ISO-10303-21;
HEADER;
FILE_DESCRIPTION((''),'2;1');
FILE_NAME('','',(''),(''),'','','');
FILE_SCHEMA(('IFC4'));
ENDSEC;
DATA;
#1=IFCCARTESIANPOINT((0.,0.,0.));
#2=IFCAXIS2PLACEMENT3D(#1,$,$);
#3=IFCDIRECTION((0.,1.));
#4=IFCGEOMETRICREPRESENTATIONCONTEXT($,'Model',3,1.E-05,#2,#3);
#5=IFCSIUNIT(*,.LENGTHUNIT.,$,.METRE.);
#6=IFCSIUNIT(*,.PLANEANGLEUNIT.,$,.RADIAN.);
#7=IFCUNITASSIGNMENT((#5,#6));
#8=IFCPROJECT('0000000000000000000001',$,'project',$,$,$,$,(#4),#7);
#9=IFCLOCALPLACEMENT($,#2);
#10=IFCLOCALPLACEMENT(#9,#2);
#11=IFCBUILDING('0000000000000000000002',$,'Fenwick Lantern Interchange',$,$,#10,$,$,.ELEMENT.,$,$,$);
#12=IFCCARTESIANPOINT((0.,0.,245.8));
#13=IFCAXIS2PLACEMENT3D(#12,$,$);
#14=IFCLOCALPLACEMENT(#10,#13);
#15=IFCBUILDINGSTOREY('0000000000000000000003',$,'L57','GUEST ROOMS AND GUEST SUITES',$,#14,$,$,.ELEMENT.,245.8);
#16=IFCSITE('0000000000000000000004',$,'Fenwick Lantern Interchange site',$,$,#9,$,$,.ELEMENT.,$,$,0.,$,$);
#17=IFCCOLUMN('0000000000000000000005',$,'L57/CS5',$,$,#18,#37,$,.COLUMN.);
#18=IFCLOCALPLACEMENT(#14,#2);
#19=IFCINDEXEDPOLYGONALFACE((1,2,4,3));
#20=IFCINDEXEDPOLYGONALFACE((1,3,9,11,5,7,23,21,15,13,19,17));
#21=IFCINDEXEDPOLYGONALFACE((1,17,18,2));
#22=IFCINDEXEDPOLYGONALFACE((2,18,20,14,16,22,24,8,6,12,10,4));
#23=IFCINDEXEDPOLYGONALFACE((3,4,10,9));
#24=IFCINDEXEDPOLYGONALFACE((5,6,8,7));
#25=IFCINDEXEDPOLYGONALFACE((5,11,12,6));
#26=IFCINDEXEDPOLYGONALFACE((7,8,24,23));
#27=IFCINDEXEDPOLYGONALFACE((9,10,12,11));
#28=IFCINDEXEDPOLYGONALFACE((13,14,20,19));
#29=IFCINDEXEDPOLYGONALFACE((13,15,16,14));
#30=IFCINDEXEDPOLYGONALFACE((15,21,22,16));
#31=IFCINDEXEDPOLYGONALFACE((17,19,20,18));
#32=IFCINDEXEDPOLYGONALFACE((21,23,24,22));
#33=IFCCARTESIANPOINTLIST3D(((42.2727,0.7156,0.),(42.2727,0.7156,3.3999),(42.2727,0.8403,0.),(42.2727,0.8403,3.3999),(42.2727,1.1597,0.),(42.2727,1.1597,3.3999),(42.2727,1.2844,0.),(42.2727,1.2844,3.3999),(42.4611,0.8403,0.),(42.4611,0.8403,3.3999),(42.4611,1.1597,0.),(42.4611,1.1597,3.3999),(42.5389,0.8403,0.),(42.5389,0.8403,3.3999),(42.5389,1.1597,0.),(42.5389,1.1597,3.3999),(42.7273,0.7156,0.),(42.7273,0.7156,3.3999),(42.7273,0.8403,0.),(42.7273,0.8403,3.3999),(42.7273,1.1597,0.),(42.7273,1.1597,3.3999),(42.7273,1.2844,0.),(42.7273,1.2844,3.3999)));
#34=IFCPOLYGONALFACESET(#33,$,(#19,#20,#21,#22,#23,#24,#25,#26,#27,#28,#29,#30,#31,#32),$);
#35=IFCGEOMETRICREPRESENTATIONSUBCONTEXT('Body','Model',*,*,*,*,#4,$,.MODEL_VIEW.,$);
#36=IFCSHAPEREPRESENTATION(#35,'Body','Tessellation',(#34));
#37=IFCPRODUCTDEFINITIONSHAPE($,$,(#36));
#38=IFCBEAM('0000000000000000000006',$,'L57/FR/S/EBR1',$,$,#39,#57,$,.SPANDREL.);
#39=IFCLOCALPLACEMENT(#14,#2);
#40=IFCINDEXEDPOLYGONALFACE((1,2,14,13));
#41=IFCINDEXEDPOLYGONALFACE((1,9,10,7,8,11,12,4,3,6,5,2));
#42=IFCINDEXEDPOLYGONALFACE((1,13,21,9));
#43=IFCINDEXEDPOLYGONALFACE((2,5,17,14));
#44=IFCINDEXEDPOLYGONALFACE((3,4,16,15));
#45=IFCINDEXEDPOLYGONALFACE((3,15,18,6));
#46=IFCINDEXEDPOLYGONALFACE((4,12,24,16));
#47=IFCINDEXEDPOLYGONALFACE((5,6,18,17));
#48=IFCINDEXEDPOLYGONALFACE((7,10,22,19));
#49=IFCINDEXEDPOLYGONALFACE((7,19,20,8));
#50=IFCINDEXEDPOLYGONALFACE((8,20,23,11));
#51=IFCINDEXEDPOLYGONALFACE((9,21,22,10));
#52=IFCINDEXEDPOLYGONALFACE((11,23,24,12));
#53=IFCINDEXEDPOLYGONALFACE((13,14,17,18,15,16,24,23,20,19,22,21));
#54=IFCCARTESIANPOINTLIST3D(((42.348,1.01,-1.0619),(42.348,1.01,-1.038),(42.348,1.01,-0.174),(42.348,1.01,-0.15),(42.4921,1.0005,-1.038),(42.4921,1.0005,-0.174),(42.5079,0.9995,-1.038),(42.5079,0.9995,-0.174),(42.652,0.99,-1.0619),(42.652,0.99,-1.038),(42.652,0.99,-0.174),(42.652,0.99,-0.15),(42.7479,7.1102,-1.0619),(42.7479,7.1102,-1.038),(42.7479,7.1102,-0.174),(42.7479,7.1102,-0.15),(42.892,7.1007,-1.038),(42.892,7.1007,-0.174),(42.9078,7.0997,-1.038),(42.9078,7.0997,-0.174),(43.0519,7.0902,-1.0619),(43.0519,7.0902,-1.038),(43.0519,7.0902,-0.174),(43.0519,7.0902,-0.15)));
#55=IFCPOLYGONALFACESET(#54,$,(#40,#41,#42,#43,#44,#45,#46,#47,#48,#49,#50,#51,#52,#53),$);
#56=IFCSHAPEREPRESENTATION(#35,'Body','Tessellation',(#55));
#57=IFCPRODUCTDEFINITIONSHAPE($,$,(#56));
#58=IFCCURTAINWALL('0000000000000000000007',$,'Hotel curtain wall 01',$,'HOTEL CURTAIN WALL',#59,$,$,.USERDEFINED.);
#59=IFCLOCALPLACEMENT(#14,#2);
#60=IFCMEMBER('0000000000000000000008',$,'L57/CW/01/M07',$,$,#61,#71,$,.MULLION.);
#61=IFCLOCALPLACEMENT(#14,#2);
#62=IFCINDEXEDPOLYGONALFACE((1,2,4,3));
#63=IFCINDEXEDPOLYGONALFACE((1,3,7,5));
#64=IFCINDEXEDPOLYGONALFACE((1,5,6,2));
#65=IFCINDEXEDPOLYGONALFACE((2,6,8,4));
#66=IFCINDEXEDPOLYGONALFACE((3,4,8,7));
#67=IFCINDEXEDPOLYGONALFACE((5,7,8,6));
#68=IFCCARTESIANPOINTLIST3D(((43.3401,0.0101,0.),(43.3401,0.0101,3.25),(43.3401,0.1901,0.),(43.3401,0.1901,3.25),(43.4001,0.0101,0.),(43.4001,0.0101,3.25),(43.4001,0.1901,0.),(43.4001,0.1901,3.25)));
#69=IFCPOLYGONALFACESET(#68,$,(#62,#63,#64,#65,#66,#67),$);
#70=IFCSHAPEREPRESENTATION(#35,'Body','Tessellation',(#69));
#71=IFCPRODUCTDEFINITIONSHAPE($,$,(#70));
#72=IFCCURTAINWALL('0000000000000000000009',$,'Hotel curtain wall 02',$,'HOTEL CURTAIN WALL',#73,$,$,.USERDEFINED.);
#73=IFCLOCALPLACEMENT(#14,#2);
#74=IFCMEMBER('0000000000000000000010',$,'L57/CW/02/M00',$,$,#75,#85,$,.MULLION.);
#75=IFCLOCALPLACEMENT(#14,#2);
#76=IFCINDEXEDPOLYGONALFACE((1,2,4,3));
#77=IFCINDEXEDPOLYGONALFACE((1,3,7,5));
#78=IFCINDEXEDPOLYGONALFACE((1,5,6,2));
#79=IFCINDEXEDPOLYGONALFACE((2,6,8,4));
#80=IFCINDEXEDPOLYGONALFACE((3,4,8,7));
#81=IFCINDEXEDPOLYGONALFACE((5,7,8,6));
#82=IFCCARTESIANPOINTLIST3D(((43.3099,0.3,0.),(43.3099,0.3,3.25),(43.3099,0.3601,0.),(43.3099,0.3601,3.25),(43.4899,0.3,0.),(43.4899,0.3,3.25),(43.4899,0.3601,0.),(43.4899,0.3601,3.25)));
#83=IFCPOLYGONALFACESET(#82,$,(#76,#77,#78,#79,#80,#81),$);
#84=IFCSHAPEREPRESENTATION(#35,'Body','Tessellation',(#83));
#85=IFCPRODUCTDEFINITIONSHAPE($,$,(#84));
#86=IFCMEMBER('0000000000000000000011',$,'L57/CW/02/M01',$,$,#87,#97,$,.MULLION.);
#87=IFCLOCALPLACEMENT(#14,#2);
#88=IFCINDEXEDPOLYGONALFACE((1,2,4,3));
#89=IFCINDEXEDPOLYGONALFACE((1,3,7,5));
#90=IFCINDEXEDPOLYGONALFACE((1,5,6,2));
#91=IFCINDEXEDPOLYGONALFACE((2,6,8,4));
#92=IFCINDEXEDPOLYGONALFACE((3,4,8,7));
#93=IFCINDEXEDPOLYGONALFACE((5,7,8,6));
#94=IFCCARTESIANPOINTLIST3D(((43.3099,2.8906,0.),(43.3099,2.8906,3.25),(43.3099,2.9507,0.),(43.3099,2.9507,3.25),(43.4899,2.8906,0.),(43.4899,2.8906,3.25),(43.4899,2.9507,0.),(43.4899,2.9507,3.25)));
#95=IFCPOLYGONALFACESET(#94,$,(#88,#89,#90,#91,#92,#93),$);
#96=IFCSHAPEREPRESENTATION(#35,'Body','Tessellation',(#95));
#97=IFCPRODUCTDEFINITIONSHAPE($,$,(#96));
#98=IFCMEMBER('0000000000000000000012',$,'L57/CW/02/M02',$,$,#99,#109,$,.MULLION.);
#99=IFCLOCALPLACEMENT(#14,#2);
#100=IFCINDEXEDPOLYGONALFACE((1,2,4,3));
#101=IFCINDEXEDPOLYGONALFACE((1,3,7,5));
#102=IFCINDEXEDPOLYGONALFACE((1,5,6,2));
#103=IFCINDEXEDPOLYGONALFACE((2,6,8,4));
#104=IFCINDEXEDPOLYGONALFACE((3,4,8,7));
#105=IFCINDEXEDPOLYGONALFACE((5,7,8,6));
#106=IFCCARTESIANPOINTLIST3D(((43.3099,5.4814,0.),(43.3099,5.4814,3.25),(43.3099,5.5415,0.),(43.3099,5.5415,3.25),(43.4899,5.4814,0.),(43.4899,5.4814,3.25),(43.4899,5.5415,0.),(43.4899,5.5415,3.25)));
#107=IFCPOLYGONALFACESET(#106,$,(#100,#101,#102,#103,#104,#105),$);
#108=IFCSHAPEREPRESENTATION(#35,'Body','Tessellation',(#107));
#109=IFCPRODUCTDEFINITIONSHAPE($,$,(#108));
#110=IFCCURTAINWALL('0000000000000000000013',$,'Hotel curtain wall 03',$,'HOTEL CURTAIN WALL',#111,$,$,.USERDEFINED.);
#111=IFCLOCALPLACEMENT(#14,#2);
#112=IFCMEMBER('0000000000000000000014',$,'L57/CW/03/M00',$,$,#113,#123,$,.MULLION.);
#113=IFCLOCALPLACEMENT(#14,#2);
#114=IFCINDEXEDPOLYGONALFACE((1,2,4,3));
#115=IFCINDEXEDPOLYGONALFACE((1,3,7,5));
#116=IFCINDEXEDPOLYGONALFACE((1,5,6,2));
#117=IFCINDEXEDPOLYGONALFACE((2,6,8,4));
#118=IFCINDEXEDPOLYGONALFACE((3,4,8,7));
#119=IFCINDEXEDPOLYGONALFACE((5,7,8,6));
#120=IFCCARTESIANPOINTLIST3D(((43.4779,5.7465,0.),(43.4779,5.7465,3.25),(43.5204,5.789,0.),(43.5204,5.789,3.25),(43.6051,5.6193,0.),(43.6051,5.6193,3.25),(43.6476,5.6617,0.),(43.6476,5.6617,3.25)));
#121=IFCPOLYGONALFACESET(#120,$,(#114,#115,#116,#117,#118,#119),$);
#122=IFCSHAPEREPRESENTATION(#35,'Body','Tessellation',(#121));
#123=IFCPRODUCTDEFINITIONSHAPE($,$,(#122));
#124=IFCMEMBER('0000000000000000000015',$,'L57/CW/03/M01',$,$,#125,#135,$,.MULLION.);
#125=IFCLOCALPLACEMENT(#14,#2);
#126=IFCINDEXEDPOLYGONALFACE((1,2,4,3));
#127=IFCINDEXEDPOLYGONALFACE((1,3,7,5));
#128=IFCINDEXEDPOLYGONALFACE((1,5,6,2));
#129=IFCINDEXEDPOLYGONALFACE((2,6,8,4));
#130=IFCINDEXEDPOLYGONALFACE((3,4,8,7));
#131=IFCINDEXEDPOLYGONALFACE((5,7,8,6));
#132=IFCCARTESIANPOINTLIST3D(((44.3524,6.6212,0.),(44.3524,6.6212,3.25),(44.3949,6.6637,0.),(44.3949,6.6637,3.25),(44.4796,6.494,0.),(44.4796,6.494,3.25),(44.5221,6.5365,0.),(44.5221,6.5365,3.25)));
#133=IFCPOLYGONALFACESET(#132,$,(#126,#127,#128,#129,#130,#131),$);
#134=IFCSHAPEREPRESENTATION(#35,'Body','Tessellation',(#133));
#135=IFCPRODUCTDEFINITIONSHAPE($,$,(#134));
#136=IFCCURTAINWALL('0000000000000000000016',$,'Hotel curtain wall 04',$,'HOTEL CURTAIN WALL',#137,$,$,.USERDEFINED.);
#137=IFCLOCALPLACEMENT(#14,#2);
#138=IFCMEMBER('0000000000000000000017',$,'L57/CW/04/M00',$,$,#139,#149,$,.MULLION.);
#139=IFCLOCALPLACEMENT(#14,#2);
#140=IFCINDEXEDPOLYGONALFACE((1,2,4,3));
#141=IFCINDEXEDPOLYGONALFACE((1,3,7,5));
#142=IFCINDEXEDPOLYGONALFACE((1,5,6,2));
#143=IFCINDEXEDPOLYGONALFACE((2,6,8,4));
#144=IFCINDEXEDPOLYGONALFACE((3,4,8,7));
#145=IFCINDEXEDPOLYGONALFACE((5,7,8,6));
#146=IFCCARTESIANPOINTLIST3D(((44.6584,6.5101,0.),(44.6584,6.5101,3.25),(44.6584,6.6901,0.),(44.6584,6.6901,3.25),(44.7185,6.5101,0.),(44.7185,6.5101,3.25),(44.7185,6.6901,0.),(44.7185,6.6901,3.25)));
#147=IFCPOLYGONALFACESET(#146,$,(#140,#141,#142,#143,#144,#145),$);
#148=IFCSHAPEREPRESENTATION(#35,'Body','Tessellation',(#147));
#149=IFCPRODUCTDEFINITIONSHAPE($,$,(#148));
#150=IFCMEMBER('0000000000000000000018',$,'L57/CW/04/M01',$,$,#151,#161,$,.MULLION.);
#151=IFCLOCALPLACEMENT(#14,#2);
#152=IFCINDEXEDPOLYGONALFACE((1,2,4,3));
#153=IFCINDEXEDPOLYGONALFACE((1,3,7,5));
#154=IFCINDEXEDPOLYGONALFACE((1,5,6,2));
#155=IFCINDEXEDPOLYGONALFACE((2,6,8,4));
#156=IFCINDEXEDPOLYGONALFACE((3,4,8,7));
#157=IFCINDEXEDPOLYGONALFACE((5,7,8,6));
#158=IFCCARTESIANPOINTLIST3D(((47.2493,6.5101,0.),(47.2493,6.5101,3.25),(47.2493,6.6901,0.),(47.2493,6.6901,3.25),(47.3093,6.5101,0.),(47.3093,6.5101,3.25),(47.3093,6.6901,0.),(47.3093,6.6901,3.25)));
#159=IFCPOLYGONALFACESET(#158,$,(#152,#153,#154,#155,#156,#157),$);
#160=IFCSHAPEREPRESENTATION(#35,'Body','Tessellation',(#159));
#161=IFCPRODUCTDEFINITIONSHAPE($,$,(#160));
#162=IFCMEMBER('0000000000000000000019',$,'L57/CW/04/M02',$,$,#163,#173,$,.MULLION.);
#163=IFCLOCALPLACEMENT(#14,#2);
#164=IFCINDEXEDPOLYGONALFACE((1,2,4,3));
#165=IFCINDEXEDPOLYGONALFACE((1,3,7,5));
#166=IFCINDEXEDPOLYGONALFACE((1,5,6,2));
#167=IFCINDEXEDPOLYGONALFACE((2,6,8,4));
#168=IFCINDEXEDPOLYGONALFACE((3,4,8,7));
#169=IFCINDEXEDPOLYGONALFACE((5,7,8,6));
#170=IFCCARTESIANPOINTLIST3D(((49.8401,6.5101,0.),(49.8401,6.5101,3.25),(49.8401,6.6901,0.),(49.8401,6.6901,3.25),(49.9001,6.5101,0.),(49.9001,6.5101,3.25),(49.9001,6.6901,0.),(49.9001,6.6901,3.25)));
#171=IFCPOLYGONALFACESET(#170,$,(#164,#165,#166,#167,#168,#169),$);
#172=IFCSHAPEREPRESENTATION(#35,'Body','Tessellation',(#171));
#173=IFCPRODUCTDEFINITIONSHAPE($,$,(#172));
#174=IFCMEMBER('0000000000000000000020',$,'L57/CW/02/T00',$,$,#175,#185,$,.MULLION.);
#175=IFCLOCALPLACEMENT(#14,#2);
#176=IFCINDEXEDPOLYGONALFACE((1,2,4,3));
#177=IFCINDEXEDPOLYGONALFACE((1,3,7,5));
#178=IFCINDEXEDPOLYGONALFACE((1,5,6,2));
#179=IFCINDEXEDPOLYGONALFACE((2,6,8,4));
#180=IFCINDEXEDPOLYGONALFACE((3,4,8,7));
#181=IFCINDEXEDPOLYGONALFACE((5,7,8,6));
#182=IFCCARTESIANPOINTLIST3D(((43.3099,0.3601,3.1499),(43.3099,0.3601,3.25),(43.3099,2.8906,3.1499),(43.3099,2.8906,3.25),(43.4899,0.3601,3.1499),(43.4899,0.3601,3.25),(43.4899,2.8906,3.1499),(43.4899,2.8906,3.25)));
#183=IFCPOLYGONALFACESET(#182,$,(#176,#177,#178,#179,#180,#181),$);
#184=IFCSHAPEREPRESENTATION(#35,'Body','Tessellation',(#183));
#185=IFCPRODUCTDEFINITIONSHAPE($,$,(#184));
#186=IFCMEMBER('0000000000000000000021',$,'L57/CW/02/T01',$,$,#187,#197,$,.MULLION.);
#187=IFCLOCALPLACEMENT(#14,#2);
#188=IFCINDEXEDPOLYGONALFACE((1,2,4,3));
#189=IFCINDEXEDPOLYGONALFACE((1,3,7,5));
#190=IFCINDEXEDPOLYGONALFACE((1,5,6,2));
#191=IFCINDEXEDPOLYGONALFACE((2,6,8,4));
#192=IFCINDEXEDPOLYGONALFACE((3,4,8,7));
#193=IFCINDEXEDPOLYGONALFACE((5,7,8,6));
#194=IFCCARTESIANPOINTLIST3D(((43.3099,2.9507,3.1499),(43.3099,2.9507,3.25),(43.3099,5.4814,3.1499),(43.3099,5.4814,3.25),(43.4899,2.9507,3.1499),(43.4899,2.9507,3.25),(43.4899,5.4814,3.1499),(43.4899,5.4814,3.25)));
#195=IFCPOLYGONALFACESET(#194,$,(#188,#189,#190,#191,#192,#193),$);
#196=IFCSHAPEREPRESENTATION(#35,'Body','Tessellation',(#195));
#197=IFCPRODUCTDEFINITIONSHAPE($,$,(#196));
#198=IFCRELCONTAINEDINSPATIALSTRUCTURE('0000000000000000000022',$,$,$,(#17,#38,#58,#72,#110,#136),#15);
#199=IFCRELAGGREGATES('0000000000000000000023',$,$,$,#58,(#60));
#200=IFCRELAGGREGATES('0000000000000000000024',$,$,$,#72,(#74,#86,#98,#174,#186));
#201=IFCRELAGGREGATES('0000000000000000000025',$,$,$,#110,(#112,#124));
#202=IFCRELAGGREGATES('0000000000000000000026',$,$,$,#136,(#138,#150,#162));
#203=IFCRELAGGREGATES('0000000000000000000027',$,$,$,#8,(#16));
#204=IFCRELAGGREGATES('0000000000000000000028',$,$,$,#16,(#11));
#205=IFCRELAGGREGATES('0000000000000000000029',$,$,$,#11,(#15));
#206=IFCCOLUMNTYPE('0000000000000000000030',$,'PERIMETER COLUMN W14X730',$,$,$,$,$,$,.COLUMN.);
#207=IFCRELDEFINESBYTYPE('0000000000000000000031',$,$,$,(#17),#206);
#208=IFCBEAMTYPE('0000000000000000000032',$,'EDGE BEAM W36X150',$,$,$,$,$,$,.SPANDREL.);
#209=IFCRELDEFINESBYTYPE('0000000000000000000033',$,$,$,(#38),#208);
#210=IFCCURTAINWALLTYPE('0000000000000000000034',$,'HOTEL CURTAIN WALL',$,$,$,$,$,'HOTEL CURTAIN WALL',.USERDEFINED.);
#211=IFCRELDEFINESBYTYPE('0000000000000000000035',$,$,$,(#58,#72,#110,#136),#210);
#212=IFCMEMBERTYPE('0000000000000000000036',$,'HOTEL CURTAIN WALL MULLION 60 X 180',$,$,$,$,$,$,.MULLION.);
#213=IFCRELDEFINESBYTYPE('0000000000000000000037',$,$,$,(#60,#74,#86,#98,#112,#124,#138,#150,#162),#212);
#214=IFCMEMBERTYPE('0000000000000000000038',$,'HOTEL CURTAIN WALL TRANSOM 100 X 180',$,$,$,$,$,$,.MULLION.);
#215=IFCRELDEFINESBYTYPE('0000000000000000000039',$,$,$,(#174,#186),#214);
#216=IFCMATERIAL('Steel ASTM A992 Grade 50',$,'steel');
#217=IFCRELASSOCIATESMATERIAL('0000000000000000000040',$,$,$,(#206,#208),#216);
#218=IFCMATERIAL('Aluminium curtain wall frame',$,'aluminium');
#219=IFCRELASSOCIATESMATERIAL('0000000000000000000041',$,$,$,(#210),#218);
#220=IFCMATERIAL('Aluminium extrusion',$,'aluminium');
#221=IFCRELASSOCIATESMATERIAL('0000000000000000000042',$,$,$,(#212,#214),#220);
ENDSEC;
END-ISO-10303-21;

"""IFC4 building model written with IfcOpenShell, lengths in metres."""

from ifc_helpers import new_model, si_unit, direction, frame, origin, origin_2d, place, context, subcontext, project, spatial, rectangle, i_section, extrude, material, material_profile, profile_set, type_object, element, aggregate, save


model = new_model("IFC4")

# Units and contexts
model_context = context("Model", 3, precision=1e-05, world=origin(), true_north=direction((0.0, 1.0)))
body_context = subcontext(model_context, "Body", "Model", "MODEL_VIEW")
ifc_project = project(units=[si_unit("LENGTHUNIT", "METRE"), si_unit("PLANEANGLEUNIT", "RADIAN")], contexts=[model_context])

# Site, building, storey
site_placement = place(None, origin())
site = spatial("IfcSite", under=ifc_project, at=site_placement, Name="Fenwick Lantern Interchange site", CompositionType="ELEMENT", RefElevation=0.0)
building_placement = place(site_placement, origin())
building = spatial("IfcBuilding", under=site, at=building_placement, Name="Fenwick Lantern Interchange", CompositionType="ELEMENT")
storey_placement = place(building_placement, frame((0.0, 0.0, 245.8)))
storey = spatial("IfcBuildingStorey", under=building, at=storey_placement, Name="L57", Description="GUEST ROOMS AND GUEST SUITES", CompositionType="ELEMENT", Elevation=245.8)

# Column
ifc_material_1 = material(Name="Steel ASTM A992 Grade 50", Category="steel")
ifc_material_profile_1 = material_profile(ifc_material_1, i_section(OverallWidth=0.4546, OverallDepth=0.5688, WebThickness=0.0779, FlangeThickness=0.1248, at=origin_2d()), Name="W14X730")
ifc_profile_set_1 = profile_set([ifc_material_profile_1], Name="Steel ASTM A992 Grade 50")
column_type = type_object("IfcColumnType", Name="PERIMETER COLUMN W14X730", PredefinedType="COLUMN", material=ifc_profile_set_1)
column_placement = place(storey_placement, frame((42.5, 1.0, 0.0), z_axis=(0.0, 0.0, 1.0), x_axis=(1.0, 0.0, 0.0)))
element("IfcColumn", 1, at=column_placement, inside=storey, type_object=column_type, Name="L57/CS5", PredefinedType="COLUMN", context=body_context, shape_type="SweptSolid", body=[
    extrude(i_section(OverallWidth=0.4546, OverallDepth=0.5688, WebThickness=0.0779, FlangeThickness=0.1248, at=origin_2d()), origin(), (0.0, 0.0, 1.0), 3.3999),
])

# Beam
ifc_material_profile_2 = material_profile(ifc_material_1, i_section(OverallWidth=0.3047, OverallDepth=0.9119, WebThickness=0.0159, FlangeThickness=0.0239, at=origin_2d()), Name="W36X150")
ifc_profile_set_2 = profile_set([ifc_material_profile_2], Name="Steel ASTM A992 Grade 50")
beam_type = type_object("IfcBeamType", Name="EDGE BEAM W36X150", PredefinedType="SPANDREL", material=ifc_profile_set_2)
beam_placement = place(storey_placement, frame((42.5, 1.0, -0.606), z_axis=(0.065416, 0.997858, 0.0), x_axis=(-0.997858, 0.065416, 0.0)))
element("IfcBeam", 2, at=beam_placement, inside=storey, type_object=beam_type, Name="L57/FR/S/EBR1", PredefinedType="SPANDREL", context=body_context, shape_type="SweptSolid", body=[
    extrude(i_section(OverallWidth=0.3047, OverallDepth=0.9119, WebThickness=0.0159, FlangeThickness=0.0239, at=origin_2d()), origin(), (0.0, 0.0, 1.0), 6.1133),
])

# Curtain wall, member
ifc_material_2 = material(Name="Aluminium curtain wall frame", Category="aluminium")
curtain_wall_type = type_object("IfcCurtainWallType", Name="HOTEL CURTAIN WALL", ElementType="HOTEL CURTAIN WALL", PredefinedType="USERDEFINED", material=ifc_material_2)
curtain_wall_1_placement = place(storey_placement, origin())
curtain_wall_1 = element("IfcCurtainWall", 3, at=curtain_wall_1_placement, inside=storey, type_object=curtain_wall_type, Name="Hotel curtain wall 01", ObjectType="HOTEL CURTAIN WALL", PredefinedType="USERDEFINED")
ifc_material_3 = material(Name="Aluminium extrusion", Category="aluminium")
ifc_material_profile_3 = material_profile(ifc_material_3, rectangle(XDim=0.1799, YDim=0.0601, at=origin_2d()), Name="HOTEL CURTAIN WALL MULLION 60 X 180")
ifc_profile_set_3 = profile_set([ifc_material_profile_3], Name="Aluminium extrusion")
member_type_1 = type_object("IfcMemberType", Name="HOTEL CURTAIN WALL MULLION 60 X 180", PredefinedType="MULLION", material=ifc_profile_set_3)
member_1_placement = place(storey_placement, frame((43.3701, 0.1001, 0.0), z_axis=(0.0, 0.0, 1.0), x_axis=(0.0, 1.0, 0.0)))
member_1 = element("IfcMember", 4, at=member_1_placement, type_object=member_type_1, Name="L57/CW/01/M07", PredefinedType="MULLION", context=body_context, shape_type="SweptSolid", body=[
    extrude(rectangle(XDim=0.1799, YDim=0.0601, at=origin_2d()), origin(), (0.0, 0.0, 1.0), 3.25),
])
aggregate(curtain_wall_1, [member_1])

# Curtain walls, members
curtain_wall_2_placement = place(storey_placement, origin())
curtain_wall_2 = element("IfcCurtainWall", 5, at=curtain_wall_2_placement, inside=storey, type_object=curtain_wall_type, Name="Hotel curtain wall 02", ObjectType="HOTEL CURTAIN WALL", PredefinedType="USERDEFINED")
member_2_placement = place(storey_placement, frame((43.3999, 0.3301, 0.0), z_axis=(0.0, 0.0, 1.0), x_axis=(-1.0, 0.0, 0.0)))
member_2 = element("IfcMember", 6, at=member_2_placement, type_object=member_type_1, Name="L57/CW/02/M00", PredefinedType="MULLION", context=body_context, shape_type="SweptSolid", body=[
    extrude(rectangle(XDim=0.1799, YDim=0.0601, at=origin_2d()), origin(), (0.0, 0.0, 1.0), 3.25),
])
member_3_placement = place(storey_placement, frame((43.3999, 2.9207, 0.0), z_axis=(0.0, 0.0, 1.0), x_axis=(-1.0, 0.0, 0.0)))
member_3 = element("IfcMember", 7, at=member_3_placement, type_object=member_type_1, Name="L57/CW/02/M01", PredefinedType="MULLION", context=body_context, shape_type="SweptSolid", body=[
    extrude(rectangle(XDim=0.1799, YDim=0.0601, at=origin_2d()), origin(), (0.0, 0.0, 1.0), 3.25),
])
member_4_placement = place(storey_placement, frame((43.3999, 5.5115, 0.0), z_axis=(0.0, 0.0, 1.0), x_axis=(-1.0, 0.0, 0.0)))
member_4 = element("IfcMember", 8, at=member_4_placement, type_object=member_type_1, Name="L57/CW/02/M02", PredefinedType="MULLION", context=body_context, shape_type="SweptSolid", body=[
    extrude(rectangle(XDim=0.1799, YDim=0.0601, at=origin_2d()), origin(), (0.0, 0.0, 1.0), 3.25),
])
curtain_wall_3_placement = place(storey_placement, origin())
curtain_wall_3 = element("IfcCurtainWall", 9, at=curtain_wall_3_placement, inside=storey, type_object=curtain_wall_type, Name="Hotel curtain wall 03", ObjectType="HOTEL CURTAIN WALL", PredefinedType="USERDEFINED")
member_5_placement = place(storey_placement, frame((43.5627, 5.7041, 0.0), z_axis=(0.0, 0.0, 1.0), x_axis=(-0.707107, 0.707107, 0.0)))
member_5 = element("IfcMember", 10, at=member_5_placement, type_object=member_type_1, Name="L57/CW/03/M00", PredefinedType="MULLION", context=body_context, shape_type="SweptSolid", body=[
    extrude(rectangle(XDim=0.1799, YDim=0.0601, at=origin_2d()), origin(), (0.0, 0.0, 1.0), 3.25),
])
member_6_placement = place(storey_placement, frame((44.4373, 6.5789, 0.0), z_axis=(0.0, 0.0, 1.0), x_axis=(-0.707107, 0.707107, 0.0)))
member_6 = element("IfcMember", 11, at=member_6_placement, type_object=member_type_1, Name="L57/CW/03/M01", PredefinedType="MULLION", context=body_context, shape_type="SweptSolid", body=[
    extrude(rectangle(XDim=0.1799, YDim=0.0601, at=origin_2d()), origin(), (0.0, 0.0, 1.0), 3.25),
])
curtain_wall_4_placement = place(storey_placement, origin())
curtain_wall_4 = element("IfcCurtainWall", 12, at=curtain_wall_4_placement, inside=storey, type_object=curtain_wall_type, Name="Hotel curtain wall 04", ObjectType="HOTEL CURTAIN WALL", PredefinedType="USERDEFINED")
member_7_placement = place(storey_placement, frame((44.6885, 6.6001, 0.0), z_axis=(0.0, 0.0, 1.0), x_axis=(0.0, 1.0, 0.0)))
member_7 = element("IfcMember", 13, at=member_7_placement, type_object=member_type_1, Name="L57/CW/04/M00", PredefinedType="MULLION", context=body_context, shape_type="SweptSolid", body=[
    extrude(rectangle(XDim=0.1799, YDim=0.0601, at=origin_2d()), origin(), (0.0, 0.0, 1.0), 3.25),
])
member_8_placement = place(storey_placement, frame((47.2793, 6.6001, 0.0), z_axis=(0.0, 0.0, 1.0), x_axis=(0.0, 1.0, 0.0)))
member_8 = element("IfcMember", 14, at=member_8_placement, type_object=member_type_1, Name="L57/CW/04/M01", PredefinedType="MULLION", context=body_context, shape_type="SweptSolid", body=[
    extrude(rectangle(XDim=0.1799, YDim=0.0601, at=origin_2d()), origin(), (0.0, 0.0, 1.0), 3.25),
])
member_9_placement = place(storey_placement, frame((49.8701, 6.6001, 0.0), z_axis=(0.0, 0.0, 1.0), x_axis=(0.0, 1.0, 0.0)))
member_9 = element("IfcMember", 15, at=member_9_placement, type_object=member_type_1, Name="L57/CW/04/M02", PredefinedType="MULLION", context=body_context, shape_type="SweptSolid", body=[
    extrude(rectangle(XDim=0.1799, YDim=0.0601, at=origin_2d()), origin(), (0.0, 0.0, 1.0), 3.25),
])

# Members
ifc_material_profile_4 = material_profile(ifc_material_3, rectangle(XDim=0.1799, YDim=0.1001, at=origin_2d()), Name="HOTEL CURTAIN WALL TRANSOM 100 X 180")
ifc_profile_set_4 = profile_set([ifc_material_profile_4], Name="Aluminium extrusion")
member_type_2 = type_object("IfcMemberType", Name="HOTEL CURTAIN WALL TRANSOM 100 X 180", PredefinedType="MULLION", material=ifc_profile_set_4)
member_10_placement = place(storey_placement, frame((43.3999, 0.3601, 3.2), z_axis=(0.0, 1.0, 0.0), x_axis=(-1.0, 0.0, 0.0)))
member_10 = element("IfcMember", 16, at=member_10_placement, type_object=member_type_2, Name="L57/CW/02/T00", PredefinedType="MULLION", context=body_context, shape_type="SweptSolid", body=[
    extrude(rectangle(XDim=0.1799, YDim=0.1001, at=origin_2d()), origin(), (0.0, 0.0, 1.0), 2.5305),
])
member_11_placement = place(storey_placement, frame((43.3999, 2.9507, 3.2), z_axis=(0.0, 1.0, 0.0), x_axis=(-1.0, 0.0, 0.0)))
member_11 = element("IfcMember", 17, at=member_11_placement, type_object=member_type_2, Name="L57/CW/02/T01", PredefinedType="MULLION", context=body_context, shape_type="SweptSolid", body=[
    extrude(rectangle(XDim=0.1799, YDim=0.1001, at=origin_2d()), origin(), (0.0, 0.0, 1.0), 2.5308),
])

aggregate(curtain_wall_2, [member_2, member_3, member_4, member_10, member_11])
aggregate(curtain_wall_3, [member_5, member_6])
aggregate(curtain_wall_4, [member_7, member_8, member_9])

save(model, "model.ifc")
